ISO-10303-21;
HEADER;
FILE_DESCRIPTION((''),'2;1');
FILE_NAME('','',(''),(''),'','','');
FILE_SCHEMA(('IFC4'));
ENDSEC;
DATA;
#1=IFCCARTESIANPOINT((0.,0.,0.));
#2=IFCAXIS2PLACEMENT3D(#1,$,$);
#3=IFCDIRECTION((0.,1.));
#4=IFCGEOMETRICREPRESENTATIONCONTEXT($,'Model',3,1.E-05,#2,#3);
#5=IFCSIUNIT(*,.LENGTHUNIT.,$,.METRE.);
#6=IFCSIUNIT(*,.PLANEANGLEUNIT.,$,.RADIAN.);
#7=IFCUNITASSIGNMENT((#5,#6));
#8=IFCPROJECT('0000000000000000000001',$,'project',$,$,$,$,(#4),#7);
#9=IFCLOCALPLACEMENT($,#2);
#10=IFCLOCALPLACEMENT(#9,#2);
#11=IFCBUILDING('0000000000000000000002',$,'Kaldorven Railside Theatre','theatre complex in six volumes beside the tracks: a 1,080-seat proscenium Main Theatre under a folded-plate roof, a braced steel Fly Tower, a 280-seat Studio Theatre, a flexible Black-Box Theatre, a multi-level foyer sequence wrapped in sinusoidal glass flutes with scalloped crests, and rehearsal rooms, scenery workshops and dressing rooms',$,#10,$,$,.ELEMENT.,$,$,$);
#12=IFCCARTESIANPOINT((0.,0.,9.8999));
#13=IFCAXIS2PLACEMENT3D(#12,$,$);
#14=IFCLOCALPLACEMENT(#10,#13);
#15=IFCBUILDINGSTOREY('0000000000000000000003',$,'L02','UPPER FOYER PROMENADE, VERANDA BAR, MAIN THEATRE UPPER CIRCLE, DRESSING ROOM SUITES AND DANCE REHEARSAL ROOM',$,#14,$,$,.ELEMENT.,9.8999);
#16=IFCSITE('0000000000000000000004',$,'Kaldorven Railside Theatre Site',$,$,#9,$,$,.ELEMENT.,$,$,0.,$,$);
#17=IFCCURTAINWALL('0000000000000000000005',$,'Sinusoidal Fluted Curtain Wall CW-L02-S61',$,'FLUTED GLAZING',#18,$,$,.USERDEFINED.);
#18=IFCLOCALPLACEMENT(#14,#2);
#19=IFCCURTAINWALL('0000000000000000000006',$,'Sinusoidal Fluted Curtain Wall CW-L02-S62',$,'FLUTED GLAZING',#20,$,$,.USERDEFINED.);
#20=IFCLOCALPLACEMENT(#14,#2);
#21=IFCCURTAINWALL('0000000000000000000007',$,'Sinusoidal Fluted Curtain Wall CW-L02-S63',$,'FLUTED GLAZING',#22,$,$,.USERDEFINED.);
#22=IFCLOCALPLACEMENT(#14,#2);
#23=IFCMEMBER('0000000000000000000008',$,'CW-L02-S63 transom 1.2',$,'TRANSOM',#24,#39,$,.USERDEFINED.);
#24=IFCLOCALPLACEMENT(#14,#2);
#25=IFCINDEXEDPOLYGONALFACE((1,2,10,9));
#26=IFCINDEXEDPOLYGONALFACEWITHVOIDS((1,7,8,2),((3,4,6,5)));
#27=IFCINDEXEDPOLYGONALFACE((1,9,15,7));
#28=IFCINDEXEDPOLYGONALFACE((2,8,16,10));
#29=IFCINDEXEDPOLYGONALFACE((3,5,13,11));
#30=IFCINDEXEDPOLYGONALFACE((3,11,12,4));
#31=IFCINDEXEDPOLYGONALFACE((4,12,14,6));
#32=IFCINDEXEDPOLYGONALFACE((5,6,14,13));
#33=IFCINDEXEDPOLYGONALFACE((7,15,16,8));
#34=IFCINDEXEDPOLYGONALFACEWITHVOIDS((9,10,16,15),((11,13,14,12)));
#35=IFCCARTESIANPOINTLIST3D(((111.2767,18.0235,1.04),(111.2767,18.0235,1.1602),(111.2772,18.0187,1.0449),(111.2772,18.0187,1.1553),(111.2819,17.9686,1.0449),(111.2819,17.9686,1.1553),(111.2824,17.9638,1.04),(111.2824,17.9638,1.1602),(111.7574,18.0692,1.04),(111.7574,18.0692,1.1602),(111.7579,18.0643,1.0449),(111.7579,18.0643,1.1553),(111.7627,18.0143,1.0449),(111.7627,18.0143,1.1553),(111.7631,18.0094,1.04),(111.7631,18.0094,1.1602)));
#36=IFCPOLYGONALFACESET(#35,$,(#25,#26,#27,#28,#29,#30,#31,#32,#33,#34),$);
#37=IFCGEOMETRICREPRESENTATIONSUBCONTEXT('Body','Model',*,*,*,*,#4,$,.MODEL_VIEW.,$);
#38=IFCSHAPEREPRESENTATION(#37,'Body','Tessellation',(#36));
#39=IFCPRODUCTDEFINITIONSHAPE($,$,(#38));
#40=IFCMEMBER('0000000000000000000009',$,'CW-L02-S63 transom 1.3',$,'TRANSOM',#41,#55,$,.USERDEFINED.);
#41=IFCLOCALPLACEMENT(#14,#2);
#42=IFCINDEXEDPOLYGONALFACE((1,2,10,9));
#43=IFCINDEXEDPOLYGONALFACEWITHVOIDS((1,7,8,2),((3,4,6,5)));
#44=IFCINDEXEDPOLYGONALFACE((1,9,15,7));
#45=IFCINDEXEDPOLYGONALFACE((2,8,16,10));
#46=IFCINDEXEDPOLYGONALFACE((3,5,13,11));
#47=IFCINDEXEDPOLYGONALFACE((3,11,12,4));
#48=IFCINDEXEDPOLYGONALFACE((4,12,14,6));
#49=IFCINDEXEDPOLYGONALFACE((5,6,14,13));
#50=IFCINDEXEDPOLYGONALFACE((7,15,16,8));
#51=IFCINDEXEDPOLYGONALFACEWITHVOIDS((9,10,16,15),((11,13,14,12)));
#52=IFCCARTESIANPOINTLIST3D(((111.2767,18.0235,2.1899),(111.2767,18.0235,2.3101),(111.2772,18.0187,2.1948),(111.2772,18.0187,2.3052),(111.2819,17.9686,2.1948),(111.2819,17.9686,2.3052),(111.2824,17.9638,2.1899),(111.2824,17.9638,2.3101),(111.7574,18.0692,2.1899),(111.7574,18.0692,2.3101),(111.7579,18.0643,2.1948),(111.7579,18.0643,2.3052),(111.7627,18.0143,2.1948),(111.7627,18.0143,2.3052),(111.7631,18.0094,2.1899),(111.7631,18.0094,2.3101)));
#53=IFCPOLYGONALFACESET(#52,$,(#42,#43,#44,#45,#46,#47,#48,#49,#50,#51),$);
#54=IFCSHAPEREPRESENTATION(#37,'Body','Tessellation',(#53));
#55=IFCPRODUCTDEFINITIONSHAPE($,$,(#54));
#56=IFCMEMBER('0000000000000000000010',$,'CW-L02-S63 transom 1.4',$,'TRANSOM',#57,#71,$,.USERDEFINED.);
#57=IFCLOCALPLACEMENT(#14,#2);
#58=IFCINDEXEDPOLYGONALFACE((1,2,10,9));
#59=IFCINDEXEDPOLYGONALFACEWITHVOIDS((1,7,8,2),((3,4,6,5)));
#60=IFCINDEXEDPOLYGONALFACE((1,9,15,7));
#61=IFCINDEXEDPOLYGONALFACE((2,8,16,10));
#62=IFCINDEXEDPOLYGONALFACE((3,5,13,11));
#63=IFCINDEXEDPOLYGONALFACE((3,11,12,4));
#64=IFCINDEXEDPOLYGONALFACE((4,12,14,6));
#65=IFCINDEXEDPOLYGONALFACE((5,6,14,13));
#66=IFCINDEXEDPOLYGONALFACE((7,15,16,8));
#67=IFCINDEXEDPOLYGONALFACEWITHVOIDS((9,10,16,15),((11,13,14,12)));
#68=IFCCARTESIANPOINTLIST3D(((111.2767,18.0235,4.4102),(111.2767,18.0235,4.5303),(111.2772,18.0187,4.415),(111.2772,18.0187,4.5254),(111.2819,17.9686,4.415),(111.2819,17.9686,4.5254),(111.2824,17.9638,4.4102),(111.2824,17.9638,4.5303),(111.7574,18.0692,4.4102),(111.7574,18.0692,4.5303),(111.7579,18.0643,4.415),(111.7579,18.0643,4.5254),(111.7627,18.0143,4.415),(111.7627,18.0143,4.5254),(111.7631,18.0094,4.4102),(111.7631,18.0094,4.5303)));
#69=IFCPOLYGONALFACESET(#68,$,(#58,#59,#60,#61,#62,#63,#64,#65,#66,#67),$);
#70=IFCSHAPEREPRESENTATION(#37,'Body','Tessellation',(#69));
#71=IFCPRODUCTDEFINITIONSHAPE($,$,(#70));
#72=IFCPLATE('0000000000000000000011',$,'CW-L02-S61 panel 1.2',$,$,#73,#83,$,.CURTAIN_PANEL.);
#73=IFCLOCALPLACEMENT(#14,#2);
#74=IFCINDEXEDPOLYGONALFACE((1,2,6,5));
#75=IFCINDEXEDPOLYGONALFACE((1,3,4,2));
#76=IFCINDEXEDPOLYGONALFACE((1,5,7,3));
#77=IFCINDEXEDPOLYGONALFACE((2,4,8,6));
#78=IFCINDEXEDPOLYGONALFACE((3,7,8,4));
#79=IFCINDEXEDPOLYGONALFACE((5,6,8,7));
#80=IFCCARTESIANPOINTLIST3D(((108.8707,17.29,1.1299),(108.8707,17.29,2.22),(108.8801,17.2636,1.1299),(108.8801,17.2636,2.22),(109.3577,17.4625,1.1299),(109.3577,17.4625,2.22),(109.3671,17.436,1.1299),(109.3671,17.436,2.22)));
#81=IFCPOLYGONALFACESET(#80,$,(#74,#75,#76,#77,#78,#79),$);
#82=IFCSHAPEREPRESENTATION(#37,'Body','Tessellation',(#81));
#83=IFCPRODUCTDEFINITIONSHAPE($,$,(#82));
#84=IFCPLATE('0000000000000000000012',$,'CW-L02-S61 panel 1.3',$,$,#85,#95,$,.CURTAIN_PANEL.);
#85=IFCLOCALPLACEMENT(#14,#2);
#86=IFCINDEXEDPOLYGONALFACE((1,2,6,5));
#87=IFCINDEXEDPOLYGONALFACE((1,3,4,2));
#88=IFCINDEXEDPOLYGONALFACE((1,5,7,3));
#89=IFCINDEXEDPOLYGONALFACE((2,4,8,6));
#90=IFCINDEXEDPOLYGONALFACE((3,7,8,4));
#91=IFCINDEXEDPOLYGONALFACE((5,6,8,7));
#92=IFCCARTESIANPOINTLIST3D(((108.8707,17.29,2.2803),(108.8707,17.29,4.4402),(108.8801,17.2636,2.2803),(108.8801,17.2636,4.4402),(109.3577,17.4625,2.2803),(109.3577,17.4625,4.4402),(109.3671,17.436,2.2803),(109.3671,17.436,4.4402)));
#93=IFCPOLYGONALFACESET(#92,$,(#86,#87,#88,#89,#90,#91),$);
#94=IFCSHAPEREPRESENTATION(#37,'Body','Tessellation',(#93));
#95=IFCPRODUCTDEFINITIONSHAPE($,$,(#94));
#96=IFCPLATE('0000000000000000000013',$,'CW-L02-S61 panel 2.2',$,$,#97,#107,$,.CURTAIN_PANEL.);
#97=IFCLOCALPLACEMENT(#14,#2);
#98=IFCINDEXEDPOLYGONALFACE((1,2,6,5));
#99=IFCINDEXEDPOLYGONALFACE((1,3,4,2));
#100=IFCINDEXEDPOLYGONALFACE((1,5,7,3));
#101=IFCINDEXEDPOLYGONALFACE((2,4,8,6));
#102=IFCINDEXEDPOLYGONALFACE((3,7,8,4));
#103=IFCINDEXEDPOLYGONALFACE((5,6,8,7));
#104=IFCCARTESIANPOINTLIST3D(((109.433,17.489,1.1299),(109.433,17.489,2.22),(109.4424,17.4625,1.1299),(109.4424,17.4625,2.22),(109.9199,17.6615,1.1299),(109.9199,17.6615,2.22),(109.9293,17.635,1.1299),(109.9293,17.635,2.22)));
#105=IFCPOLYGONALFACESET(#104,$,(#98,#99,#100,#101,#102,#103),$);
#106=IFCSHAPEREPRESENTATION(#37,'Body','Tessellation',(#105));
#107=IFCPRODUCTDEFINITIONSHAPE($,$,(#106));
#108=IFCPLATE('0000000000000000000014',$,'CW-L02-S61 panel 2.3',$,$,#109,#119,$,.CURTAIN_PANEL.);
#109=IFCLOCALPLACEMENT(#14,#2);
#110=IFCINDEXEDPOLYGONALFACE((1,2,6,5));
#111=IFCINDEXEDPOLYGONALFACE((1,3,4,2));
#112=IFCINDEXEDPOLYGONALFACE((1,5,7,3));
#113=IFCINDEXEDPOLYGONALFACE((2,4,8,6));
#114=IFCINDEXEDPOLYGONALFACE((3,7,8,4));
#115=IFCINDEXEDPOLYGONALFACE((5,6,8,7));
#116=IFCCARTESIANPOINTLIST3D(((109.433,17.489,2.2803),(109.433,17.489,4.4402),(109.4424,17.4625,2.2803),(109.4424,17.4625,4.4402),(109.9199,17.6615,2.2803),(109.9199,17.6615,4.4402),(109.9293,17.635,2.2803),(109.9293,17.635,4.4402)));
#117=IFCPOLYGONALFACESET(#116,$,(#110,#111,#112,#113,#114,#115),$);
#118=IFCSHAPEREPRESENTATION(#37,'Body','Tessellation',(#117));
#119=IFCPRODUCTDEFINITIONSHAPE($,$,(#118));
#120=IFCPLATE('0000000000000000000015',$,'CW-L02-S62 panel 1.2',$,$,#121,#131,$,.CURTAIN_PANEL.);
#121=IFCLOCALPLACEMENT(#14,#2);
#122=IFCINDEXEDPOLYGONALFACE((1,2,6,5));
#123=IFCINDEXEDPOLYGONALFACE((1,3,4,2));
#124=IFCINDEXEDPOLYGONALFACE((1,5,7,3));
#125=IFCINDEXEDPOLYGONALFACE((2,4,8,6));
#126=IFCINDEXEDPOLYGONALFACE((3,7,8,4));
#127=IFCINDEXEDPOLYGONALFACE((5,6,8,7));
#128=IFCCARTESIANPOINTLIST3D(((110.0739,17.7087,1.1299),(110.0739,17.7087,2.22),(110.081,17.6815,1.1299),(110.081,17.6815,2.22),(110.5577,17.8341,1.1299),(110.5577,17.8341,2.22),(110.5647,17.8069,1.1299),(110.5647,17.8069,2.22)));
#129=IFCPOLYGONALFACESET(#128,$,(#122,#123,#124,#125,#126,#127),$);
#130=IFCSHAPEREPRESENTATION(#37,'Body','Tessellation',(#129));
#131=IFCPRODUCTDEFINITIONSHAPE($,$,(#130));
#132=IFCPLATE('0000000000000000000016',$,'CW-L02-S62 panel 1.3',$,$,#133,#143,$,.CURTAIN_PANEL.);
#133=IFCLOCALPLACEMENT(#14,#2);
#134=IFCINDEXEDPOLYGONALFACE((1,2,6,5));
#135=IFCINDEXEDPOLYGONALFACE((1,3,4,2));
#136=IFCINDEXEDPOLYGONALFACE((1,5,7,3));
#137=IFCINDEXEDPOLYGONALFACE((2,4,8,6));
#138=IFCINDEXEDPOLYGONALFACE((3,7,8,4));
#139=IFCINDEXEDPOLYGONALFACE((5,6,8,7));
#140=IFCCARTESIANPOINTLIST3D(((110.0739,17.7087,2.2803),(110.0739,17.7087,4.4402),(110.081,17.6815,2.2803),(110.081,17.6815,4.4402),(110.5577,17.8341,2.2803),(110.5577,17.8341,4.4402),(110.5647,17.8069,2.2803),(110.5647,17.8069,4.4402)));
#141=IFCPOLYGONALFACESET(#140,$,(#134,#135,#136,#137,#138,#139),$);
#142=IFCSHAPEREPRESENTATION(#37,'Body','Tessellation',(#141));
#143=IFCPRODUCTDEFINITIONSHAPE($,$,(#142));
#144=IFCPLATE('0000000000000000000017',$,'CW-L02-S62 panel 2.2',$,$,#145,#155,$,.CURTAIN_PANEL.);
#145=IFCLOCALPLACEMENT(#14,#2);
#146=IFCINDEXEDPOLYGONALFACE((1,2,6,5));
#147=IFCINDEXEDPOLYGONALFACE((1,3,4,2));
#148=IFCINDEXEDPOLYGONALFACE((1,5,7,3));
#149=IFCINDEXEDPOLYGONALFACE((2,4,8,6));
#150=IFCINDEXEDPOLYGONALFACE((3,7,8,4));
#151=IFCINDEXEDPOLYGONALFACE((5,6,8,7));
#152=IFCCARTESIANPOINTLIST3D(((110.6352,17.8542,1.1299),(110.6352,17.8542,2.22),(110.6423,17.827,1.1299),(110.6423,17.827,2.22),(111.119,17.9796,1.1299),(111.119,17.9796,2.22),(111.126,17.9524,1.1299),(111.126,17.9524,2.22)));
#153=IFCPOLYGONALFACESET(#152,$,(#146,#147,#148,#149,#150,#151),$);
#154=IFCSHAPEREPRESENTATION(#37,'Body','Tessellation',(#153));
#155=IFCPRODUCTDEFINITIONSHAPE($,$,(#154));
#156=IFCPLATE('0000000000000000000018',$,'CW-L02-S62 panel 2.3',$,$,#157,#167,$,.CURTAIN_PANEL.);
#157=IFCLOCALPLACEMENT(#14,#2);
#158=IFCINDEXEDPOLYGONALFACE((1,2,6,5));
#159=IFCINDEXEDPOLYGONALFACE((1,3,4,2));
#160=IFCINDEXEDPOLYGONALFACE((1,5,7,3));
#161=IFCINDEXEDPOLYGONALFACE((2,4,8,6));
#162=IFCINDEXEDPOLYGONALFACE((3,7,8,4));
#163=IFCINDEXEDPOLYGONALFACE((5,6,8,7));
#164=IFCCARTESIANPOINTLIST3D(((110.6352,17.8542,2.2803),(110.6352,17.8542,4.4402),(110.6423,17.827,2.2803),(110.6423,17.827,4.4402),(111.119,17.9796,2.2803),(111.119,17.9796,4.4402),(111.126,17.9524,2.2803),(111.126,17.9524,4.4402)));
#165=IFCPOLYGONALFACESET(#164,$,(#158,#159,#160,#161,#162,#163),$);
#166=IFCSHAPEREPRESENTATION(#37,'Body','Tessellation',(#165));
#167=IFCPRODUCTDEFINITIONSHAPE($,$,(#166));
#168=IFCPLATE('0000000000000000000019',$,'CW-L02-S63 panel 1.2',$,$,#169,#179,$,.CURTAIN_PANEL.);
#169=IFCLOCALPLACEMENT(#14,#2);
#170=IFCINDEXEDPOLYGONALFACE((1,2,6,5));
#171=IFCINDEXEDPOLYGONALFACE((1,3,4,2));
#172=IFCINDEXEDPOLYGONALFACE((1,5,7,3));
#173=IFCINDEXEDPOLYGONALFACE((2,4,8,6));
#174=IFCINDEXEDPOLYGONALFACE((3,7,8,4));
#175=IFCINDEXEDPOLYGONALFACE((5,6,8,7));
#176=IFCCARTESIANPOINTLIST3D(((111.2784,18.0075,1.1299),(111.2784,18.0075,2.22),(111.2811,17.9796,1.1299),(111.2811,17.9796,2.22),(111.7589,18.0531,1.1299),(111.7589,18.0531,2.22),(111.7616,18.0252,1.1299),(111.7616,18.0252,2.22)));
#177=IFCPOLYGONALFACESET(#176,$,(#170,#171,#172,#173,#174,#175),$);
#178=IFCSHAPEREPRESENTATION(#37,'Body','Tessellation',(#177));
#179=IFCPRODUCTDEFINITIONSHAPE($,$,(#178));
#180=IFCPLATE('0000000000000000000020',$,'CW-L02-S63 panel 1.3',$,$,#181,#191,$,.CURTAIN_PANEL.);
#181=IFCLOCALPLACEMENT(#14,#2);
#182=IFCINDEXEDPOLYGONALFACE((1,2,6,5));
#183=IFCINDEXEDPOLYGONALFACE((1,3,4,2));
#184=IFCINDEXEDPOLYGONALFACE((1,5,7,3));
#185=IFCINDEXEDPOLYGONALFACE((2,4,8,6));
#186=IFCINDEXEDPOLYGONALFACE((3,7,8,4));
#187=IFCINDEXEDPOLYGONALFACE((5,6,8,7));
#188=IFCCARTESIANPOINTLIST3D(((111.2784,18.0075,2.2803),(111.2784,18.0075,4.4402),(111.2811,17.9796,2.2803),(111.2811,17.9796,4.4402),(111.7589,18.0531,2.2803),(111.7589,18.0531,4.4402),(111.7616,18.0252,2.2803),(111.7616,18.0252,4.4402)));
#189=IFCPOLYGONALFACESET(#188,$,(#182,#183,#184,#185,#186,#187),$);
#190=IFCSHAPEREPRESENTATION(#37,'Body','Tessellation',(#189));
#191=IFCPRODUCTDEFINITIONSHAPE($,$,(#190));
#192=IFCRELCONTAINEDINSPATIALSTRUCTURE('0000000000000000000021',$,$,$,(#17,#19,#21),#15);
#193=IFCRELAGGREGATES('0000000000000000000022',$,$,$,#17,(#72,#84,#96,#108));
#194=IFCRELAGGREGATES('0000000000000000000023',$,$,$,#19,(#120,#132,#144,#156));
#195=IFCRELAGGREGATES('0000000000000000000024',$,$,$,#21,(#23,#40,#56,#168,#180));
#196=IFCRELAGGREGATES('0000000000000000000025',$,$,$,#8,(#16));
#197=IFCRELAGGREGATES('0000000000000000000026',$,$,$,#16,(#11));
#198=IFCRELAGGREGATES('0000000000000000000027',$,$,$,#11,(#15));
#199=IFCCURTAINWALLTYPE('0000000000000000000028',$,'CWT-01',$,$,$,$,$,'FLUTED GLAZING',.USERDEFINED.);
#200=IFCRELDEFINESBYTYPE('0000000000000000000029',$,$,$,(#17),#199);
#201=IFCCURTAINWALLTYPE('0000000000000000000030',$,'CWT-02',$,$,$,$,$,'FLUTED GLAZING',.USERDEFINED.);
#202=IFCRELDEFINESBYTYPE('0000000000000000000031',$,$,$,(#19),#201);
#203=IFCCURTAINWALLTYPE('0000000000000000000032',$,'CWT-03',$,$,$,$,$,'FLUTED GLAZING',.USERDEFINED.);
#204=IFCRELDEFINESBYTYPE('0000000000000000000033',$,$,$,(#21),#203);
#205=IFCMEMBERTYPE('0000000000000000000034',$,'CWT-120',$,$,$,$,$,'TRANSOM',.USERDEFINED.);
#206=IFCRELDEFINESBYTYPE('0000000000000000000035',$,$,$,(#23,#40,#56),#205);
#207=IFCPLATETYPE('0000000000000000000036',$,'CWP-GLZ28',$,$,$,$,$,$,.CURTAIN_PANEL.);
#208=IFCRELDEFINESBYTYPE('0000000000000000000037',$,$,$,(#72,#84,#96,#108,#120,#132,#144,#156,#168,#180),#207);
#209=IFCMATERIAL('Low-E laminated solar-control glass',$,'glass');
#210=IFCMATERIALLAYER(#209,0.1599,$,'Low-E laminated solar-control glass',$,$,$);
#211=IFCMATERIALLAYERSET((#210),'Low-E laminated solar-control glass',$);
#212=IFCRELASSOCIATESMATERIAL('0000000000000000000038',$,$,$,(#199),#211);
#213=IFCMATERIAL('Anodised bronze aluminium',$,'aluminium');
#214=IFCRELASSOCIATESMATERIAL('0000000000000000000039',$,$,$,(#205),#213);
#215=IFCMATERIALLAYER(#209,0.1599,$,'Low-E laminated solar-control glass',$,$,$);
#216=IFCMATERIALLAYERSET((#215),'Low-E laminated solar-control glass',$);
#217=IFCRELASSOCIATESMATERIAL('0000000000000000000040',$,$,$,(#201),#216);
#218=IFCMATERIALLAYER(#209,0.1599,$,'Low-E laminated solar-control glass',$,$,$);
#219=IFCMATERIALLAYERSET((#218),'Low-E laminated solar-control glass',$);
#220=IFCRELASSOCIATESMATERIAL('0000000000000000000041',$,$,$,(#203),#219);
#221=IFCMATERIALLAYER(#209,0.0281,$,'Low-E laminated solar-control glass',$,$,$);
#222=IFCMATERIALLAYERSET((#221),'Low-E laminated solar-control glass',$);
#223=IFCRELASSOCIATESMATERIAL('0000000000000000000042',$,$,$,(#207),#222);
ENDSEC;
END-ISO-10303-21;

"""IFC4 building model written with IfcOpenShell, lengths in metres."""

from ifc_helpers import new_model, si_unit, direction, frame, origin, origin_2d, place, context, subcontext, project, spatial, rectangle, hollow_rectangle, extrude, material, layer, layer_set, material_profile, profile_set, type_object, element, aggregate, save


model = new_model("IFC4")

# Units and contexts
model_context = context("Model", 3, precision=1e-05, world=origin(), true_north=direction((0.0, 1.0)))
body_context = subcontext(model_context, "Body", "Model", "MODEL_VIEW")
ifc_project = project(units=[si_unit("LENGTHUNIT", "METRE"), si_unit("PLANEANGLEUNIT", "RADIAN")], contexts=[model_context])

# Site, building, storey
site_placement = place(None, origin())
site = spatial("IfcSite", under=ifc_project, at=site_placement, Name="Kaldorven Railside Theatre Site", CompositionType="ELEMENT", RefElevation=0.0)
building_placement = place(site_placement, origin())
building = spatial("IfcBuilding", under=site, at=building_placement, Name="Kaldorven Railside Theatre", Description="theatre complex in six volumes beside the tracks: a 1,080-seat proscenium Main Theatre under a folded-plate roof, a braced steel Fly Tower, a 280-seat Studio Theatre, a flexible Black-Box Theatre, a multi-level foyer sequence wrapped in sinusoidal glass flutes with scalloped crests, and rehearsal rooms, scenery workshops and dressing rooms", CompositionType="ELEMENT")
storey_placement = place(building_placement, frame((0.0, 0.0, 9.8999)))
storey = spatial("IfcBuildingStorey", under=building, at=storey_placement, Name="L02", Description="UPPER FOYER PROMENADE, VERANDA BAR, MAIN THEATRE UPPER CIRCLE, DRESSING ROOM SUITES AND DANCE REHEARSAL ROOM", CompositionType="ELEMENT", Elevation=9.8999)

# Curtain walls, members
ifc_material_1 = material(Name="Low-E laminated solar-control glass", Category="glass")
ifc_layer_1 = layer(ifc_material_1, 0.1599, Name="Low-E laminated solar-control glass")
ifc_layer_set_1 = layer_set([ifc_layer_1], Name="Low-E laminated solar-control glass")
curtain_wall_type_1 = type_object("IfcCurtainWallType", Name="CWT-01", ElementType="FLUTED GLAZING", PredefinedType="USERDEFINED", material=ifc_layer_set_1)
curtain_wall_1_placement = place(storey_placement, origin())
curtain_wall_1 = element("IfcCurtainWall", 1, at=curtain_wall_1_placement, inside=storey, type_object=curtain_wall_type_1, Name="Sinusoidal Fluted Curtain Wall CW-L02-S61", ObjectType="FLUTED GLAZING", PredefinedType="USERDEFINED")
ifc_material_2 = material(Name="Anodised bronze aluminium", Category="aluminium")
ifc_material_profile = material_profile(ifc_material_2, hollow_rectangle(XDim=0.0601, YDim=0.1201, WallThickness=0.0049, at=origin_2d()), Name="RHS 120x60x5")
ifc_profile_set = profile_set([ifc_material_profile], Name="Anodised bronze aluminium")
member_type = type_object("IfcMemberType", Name="CWT-120", ElementType="TRANSOM", PredefinedType="USERDEFINED", material=ifc_profile_set)
ifc_layer_2 = layer(ifc_material_1, 0.1599, Name="Low-E laminated solar-control glass")
ifc_layer_set_2 = layer_set([ifc_layer_2], Name="Low-E laminated solar-control glass")
curtain_wall_type_2 = type_object("IfcCurtainWallType", Name="CWT-02", ElementType="FLUTED GLAZING", PredefinedType="USERDEFINED", material=ifc_layer_set_2)
curtain_wall_2_placement = place(storey_placement, origin())
curtain_wall_2 = element("IfcCurtainWall", 2, at=curtain_wall_2_placement, inside=storey, type_object=curtain_wall_type_2, Name="Sinusoidal Fluted Curtain Wall CW-L02-S62", ObjectType="FLUTED GLAZING", PredefinedType="USERDEFINED")
ifc_layer_3 = layer(ifc_material_1, 0.1599, Name="Low-E laminated solar-control glass")
ifc_layer_set_3 = layer_set([ifc_layer_3], Name="Low-E laminated solar-control glass")
curtain_wall_type_3 = type_object("IfcCurtainWallType", Name="CWT-03", ElementType="FLUTED GLAZING", PredefinedType="USERDEFINED", material=ifc_layer_set_3)
curtain_wall_3_placement = place(storey_placement, origin())
curtain_wall_3 = element("IfcCurtainWall", 3, at=curtain_wall_3_placement, inside=storey, type_object=curtain_wall_type_3, Name="Sinusoidal Fluted Curtain Wall CW-L02-S63", ObjectType="FLUTED GLAZING", PredefinedType="USERDEFINED")
member_1_placement = place(storey_placement, frame((111.2795, 17.9937, 1.1001), z_axis=(0.99552, 0.094547, 0.0), x_axis=(-0.094547, 0.99552, 0.0)))
member_1 = element("IfcMember", 4, at=member_1_placement, type_object=member_type, Name="CW-L02-S63 transom 1.2", ObjectType="TRANSOM", PredefinedType="USERDEFINED", context=body_context, shape_type="SweptSolid", body=[
    extrude(hollow_rectangle(XDim=0.0601, YDim=0.1201, WallThickness=0.0049, at=origin_2d()), origin(), (0.0, 0.0, 1.0), 0.4829),
])
member_2_placement = place(storey_placement, frame((111.2795, 17.9937, 2.25), z_axis=(0.99552, 0.094547, 0.0), x_axis=(-0.094547, 0.99552, 0.0)))
member_2 = element("IfcMember", 5, at=member_2_placement, type_object=member_type, Name="CW-L02-S63 transom 1.3", ObjectType="TRANSOM", PredefinedType="USERDEFINED", context=body_context, shape_type="SweptSolid", body=[
    extrude(hollow_rectangle(XDim=0.0601, YDim=0.1201, WallThickness=0.0049, at=origin_2d()), origin(), (0.0, 0.0, 1.0), 0.4829),
])
member_3_placement = place(storey_placement, frame((111.2795, 17.9937, 4.4702), z_axis=(0.99552, 0.094547, 0.0), x_axis=(-0.094547, 0.99552, 0.0)))
member_3 = element("IfcMember", 6, at=member_3_placement, type_object=member_type, Name="CW-L02-S63 transom 1.4", ObjectType="TRANSOM", PredefinedType="USERDEFINED", context=body_context, shape_type="SweptSolid", body=[
    extrude(hollow_rectangle(XDim=0.0601, YDim=0.1201, WallThickness=0.0049, at=origin_2d()), origin(), (0.0, 0.0, 1.0), 0.4829),
])

# Plates
ifc_layer_4 = layer(ifc_material_1, 0.0281, Name="Low-E laminated solar-control glass")
ifc_layer_set_4 = layer_set([ifc_layer_4], Name="Low-E laminated solar-control glass")
plate_type = type_object("IfcPlateType", Name="CWP-GLZ28", PredefinedType="CURTAIN_PANEL", material=ifc_layer_set_4)
plate_1_placement = place(storey_placement, frame((109.1189, 17.363, 1.1299), z_axis=(0.0, 0.0, 1.0), x_axis=(0.942627, 0.333847, 0.0)))
plate_1 = element("IfcPlate", 7, at=plate_1_placement, type_object=plate_type, Name="CW-L02-S61 panel 1.2", PredefinedType="CURTAIN_PANEL", context=body_context, shape_type="SweptSolid", body=[
    extrude(rectangle(XDim=0.5166, YDim=0.0281, at=origin_2d()), origin(), (0.0, 0.0, 1.0), 1.0901),
])
plate_2_placement = place(storey_placement, frame((109.1189, 17.363, 2.2803), z_axis=(0.0, 0.0, 1.0), x_axis=(0.942627, 0.333847, 0.0)))
plate_2 = element("IfcPlate", 8, at=plate_2_placement, type_object=plate_type, Name="CW-L02-S61 panel 1.3", PredefinedType="CURTAIN_PANEL", context=body_context, shape_type="SweptSolid", body=[
    extrude(rectangle(XDim=0.5166, YDim=0.0281, at=origin_2d()), origin(), (0.0, 0.0, 1.0), 2.1599),
])
plate_3_placement = place(storey_placement, frame((109.6812, 17.562, 1.1299), z_axis=(0.0, 0.0, 1.0), x_axis=(0.942627, 0.333847, 0.0)))
plate_3 = element("IfcPlate", 9, at=plate_3_placement, type_object=plate_type, Name="CW-L02-S61 panel 2.2", PredefinedType="CURTAIN_PANEL", context=body_context, shape_type="SweptSolid", body=[
    extrude(rectangle(XDim=0.5166, YDim=0.0281, at=origin_2d()), origin(), (0.0, 0.0, 1.0), 1.0901),
])
plate_4_placement = place(storey_placement, frame((109.6812, 17.562, 2.2803), z_axis=(0.0, 0.0, 1.0), x_axis=(0.942627, 0.333847, 0.0)))
plate_4 = element("IfcPlate", 10, at=plate_4_placement, type_object=plate_type, Name="CW-L02-S61 panel 2.3", PredefinedType="CURTAIN_PANEL", context=body_context, shape_type="SweptSolid", body=[
    extrude(rectangle(XDim=0.5166, YDim=0.0281, at=origin_2d()), origin(), (0.0, 0.0, 1.0), 2.1599),
])
aggregate(curtain_wall_1, [plate_1, plate_2, plate_3, plate_4])
plate_5_placement = place(storey_placement, frame((110.3193, 17.7578, 1.1299), z_axis=(0.0, 0.0, 1.0), x_axis=(0.967999, 0.250954, 0.0)))
plate_5 = element("IfcPlate", 11, at=plate_5_placement, type_object=plate_type, Name="CW-L02-S62 panel 1.2", PredefinedType="CURTAIN_PANEL", context=body_context, shape_type="SweptSolid", body=[
    extrude(rectangle(XDim=0.4998, YDim=0.0281, at=origin_2d()), origin(), (0.0, 0.0, 1.0), 1.0901),
])
plate_6_placement = place(storey_placement, frame((110.3193, 17.7578, 2.2803), z_axis=(0.0, 0.0, 1.0), x_axis=(0.967999, 0.250954, 0.0)))
plate_6 = element("IfcPlate", 12, at=plate_6_placement, type_object=plate_type, Name="CW-L02-S62 panel 1.3", PredefinedType="CURTAIN_PANEL", context=body_context, shape_type="SweptSolid", body=[
    extrude(rectangle(XDim=0.4998, YDim=0.0281, at=origin_2d()), origin(), (0.0, 0.0, 1.0), 2.1599),
])
plate_7_placement = place(storey_placement, frame((110.8806, 17.9033, 1.1299), z_axis=(0.0, 0.0, 1.0), x_axis=(0.967999, 0.250954, 0.0)))
plate_7 = element("IfcPlate", 13, at=plate_7_placement, type_object=plate_type, Name="CW-L02-S62 panel 2.2", PredefinedType="CURTAIN_PANEL", context=body_context, shape_type="SweptSolid", body=[
    extrude(rectangle(XDim=0.4998, YDim=0.0281, at=origin_2d()), origin(), (0.0, 0.0, 1.0), 1.0901),
])
plate_8_placement = place(storey_placement, frame((110.8806, 17.9033, 2.2803), z_axis=(0.0, 0.0, 1.0), x_axis=(0.967999, 0.250954, 0.0)))
plate_8 = element("IfcPlate", 14, at=plate_8_placement, type_object=plate_type, Name="CW-L02-S62 panel 2.3", PredefinedType="CURTAIN_PANEL", context=body_context, shape_type="SweptSolid", body=[
    extrude(rectangle(XDim=0.4998, YDim=0.0281, at=origin_2d()), origin(), (0.0, 0.0, 1.0), 2.1599),
])
aggregate(curtain_wall_2, [plate_5, plate_6, plate_7, plate_8])
plate_9_placement = place(storey_placement, frame((111.52, 18.0164, 1.1299), z_axis=(0.0, 0.0, 1.0), x_axis=(0.995526, 0.094492, 0.0)))
plate_9 = element("IfcPlate", 15, at=plate_9_placement, type_object=plate_type, Name="CW-L02-S63 panel 1.2", PredefinedType="CURTAIN_PANEL", context=body_context, shape_type="SweptSolid", body=[
    extrude(rectangle(XDim=0.4827, YDim=0.0281, at=origin_2d()), origin(), (0.0, 0.0, 1.0), 1.0901),
])
plate_10_placement = place(storey_placement, frame((111.52, 18.0164, 2.2803), z_axis=(0.0, 0.0, 1.0), x_axis=(0.995526, 0.094492, 0.0)))
plate_10 = element("IfcPlate", 16, at=plate_10_placement, type_object=plate_type, Name="CW-L02-S63 panel 1.3", PredefinedType="CURTAIN_PANEL", context=body_context, shape_type="SweptSolid", body=[
    extrude(rectangle(XDim=0.4827, YDim=0.0281, at=origin_2d()), origin(), (0.0, 0.0, 1.0), 2.1599),
])
aggregate(curtain_wall_3, [member_1, member_2, member_3, plate_9, plate_10])

save(model, "model.ifc")
